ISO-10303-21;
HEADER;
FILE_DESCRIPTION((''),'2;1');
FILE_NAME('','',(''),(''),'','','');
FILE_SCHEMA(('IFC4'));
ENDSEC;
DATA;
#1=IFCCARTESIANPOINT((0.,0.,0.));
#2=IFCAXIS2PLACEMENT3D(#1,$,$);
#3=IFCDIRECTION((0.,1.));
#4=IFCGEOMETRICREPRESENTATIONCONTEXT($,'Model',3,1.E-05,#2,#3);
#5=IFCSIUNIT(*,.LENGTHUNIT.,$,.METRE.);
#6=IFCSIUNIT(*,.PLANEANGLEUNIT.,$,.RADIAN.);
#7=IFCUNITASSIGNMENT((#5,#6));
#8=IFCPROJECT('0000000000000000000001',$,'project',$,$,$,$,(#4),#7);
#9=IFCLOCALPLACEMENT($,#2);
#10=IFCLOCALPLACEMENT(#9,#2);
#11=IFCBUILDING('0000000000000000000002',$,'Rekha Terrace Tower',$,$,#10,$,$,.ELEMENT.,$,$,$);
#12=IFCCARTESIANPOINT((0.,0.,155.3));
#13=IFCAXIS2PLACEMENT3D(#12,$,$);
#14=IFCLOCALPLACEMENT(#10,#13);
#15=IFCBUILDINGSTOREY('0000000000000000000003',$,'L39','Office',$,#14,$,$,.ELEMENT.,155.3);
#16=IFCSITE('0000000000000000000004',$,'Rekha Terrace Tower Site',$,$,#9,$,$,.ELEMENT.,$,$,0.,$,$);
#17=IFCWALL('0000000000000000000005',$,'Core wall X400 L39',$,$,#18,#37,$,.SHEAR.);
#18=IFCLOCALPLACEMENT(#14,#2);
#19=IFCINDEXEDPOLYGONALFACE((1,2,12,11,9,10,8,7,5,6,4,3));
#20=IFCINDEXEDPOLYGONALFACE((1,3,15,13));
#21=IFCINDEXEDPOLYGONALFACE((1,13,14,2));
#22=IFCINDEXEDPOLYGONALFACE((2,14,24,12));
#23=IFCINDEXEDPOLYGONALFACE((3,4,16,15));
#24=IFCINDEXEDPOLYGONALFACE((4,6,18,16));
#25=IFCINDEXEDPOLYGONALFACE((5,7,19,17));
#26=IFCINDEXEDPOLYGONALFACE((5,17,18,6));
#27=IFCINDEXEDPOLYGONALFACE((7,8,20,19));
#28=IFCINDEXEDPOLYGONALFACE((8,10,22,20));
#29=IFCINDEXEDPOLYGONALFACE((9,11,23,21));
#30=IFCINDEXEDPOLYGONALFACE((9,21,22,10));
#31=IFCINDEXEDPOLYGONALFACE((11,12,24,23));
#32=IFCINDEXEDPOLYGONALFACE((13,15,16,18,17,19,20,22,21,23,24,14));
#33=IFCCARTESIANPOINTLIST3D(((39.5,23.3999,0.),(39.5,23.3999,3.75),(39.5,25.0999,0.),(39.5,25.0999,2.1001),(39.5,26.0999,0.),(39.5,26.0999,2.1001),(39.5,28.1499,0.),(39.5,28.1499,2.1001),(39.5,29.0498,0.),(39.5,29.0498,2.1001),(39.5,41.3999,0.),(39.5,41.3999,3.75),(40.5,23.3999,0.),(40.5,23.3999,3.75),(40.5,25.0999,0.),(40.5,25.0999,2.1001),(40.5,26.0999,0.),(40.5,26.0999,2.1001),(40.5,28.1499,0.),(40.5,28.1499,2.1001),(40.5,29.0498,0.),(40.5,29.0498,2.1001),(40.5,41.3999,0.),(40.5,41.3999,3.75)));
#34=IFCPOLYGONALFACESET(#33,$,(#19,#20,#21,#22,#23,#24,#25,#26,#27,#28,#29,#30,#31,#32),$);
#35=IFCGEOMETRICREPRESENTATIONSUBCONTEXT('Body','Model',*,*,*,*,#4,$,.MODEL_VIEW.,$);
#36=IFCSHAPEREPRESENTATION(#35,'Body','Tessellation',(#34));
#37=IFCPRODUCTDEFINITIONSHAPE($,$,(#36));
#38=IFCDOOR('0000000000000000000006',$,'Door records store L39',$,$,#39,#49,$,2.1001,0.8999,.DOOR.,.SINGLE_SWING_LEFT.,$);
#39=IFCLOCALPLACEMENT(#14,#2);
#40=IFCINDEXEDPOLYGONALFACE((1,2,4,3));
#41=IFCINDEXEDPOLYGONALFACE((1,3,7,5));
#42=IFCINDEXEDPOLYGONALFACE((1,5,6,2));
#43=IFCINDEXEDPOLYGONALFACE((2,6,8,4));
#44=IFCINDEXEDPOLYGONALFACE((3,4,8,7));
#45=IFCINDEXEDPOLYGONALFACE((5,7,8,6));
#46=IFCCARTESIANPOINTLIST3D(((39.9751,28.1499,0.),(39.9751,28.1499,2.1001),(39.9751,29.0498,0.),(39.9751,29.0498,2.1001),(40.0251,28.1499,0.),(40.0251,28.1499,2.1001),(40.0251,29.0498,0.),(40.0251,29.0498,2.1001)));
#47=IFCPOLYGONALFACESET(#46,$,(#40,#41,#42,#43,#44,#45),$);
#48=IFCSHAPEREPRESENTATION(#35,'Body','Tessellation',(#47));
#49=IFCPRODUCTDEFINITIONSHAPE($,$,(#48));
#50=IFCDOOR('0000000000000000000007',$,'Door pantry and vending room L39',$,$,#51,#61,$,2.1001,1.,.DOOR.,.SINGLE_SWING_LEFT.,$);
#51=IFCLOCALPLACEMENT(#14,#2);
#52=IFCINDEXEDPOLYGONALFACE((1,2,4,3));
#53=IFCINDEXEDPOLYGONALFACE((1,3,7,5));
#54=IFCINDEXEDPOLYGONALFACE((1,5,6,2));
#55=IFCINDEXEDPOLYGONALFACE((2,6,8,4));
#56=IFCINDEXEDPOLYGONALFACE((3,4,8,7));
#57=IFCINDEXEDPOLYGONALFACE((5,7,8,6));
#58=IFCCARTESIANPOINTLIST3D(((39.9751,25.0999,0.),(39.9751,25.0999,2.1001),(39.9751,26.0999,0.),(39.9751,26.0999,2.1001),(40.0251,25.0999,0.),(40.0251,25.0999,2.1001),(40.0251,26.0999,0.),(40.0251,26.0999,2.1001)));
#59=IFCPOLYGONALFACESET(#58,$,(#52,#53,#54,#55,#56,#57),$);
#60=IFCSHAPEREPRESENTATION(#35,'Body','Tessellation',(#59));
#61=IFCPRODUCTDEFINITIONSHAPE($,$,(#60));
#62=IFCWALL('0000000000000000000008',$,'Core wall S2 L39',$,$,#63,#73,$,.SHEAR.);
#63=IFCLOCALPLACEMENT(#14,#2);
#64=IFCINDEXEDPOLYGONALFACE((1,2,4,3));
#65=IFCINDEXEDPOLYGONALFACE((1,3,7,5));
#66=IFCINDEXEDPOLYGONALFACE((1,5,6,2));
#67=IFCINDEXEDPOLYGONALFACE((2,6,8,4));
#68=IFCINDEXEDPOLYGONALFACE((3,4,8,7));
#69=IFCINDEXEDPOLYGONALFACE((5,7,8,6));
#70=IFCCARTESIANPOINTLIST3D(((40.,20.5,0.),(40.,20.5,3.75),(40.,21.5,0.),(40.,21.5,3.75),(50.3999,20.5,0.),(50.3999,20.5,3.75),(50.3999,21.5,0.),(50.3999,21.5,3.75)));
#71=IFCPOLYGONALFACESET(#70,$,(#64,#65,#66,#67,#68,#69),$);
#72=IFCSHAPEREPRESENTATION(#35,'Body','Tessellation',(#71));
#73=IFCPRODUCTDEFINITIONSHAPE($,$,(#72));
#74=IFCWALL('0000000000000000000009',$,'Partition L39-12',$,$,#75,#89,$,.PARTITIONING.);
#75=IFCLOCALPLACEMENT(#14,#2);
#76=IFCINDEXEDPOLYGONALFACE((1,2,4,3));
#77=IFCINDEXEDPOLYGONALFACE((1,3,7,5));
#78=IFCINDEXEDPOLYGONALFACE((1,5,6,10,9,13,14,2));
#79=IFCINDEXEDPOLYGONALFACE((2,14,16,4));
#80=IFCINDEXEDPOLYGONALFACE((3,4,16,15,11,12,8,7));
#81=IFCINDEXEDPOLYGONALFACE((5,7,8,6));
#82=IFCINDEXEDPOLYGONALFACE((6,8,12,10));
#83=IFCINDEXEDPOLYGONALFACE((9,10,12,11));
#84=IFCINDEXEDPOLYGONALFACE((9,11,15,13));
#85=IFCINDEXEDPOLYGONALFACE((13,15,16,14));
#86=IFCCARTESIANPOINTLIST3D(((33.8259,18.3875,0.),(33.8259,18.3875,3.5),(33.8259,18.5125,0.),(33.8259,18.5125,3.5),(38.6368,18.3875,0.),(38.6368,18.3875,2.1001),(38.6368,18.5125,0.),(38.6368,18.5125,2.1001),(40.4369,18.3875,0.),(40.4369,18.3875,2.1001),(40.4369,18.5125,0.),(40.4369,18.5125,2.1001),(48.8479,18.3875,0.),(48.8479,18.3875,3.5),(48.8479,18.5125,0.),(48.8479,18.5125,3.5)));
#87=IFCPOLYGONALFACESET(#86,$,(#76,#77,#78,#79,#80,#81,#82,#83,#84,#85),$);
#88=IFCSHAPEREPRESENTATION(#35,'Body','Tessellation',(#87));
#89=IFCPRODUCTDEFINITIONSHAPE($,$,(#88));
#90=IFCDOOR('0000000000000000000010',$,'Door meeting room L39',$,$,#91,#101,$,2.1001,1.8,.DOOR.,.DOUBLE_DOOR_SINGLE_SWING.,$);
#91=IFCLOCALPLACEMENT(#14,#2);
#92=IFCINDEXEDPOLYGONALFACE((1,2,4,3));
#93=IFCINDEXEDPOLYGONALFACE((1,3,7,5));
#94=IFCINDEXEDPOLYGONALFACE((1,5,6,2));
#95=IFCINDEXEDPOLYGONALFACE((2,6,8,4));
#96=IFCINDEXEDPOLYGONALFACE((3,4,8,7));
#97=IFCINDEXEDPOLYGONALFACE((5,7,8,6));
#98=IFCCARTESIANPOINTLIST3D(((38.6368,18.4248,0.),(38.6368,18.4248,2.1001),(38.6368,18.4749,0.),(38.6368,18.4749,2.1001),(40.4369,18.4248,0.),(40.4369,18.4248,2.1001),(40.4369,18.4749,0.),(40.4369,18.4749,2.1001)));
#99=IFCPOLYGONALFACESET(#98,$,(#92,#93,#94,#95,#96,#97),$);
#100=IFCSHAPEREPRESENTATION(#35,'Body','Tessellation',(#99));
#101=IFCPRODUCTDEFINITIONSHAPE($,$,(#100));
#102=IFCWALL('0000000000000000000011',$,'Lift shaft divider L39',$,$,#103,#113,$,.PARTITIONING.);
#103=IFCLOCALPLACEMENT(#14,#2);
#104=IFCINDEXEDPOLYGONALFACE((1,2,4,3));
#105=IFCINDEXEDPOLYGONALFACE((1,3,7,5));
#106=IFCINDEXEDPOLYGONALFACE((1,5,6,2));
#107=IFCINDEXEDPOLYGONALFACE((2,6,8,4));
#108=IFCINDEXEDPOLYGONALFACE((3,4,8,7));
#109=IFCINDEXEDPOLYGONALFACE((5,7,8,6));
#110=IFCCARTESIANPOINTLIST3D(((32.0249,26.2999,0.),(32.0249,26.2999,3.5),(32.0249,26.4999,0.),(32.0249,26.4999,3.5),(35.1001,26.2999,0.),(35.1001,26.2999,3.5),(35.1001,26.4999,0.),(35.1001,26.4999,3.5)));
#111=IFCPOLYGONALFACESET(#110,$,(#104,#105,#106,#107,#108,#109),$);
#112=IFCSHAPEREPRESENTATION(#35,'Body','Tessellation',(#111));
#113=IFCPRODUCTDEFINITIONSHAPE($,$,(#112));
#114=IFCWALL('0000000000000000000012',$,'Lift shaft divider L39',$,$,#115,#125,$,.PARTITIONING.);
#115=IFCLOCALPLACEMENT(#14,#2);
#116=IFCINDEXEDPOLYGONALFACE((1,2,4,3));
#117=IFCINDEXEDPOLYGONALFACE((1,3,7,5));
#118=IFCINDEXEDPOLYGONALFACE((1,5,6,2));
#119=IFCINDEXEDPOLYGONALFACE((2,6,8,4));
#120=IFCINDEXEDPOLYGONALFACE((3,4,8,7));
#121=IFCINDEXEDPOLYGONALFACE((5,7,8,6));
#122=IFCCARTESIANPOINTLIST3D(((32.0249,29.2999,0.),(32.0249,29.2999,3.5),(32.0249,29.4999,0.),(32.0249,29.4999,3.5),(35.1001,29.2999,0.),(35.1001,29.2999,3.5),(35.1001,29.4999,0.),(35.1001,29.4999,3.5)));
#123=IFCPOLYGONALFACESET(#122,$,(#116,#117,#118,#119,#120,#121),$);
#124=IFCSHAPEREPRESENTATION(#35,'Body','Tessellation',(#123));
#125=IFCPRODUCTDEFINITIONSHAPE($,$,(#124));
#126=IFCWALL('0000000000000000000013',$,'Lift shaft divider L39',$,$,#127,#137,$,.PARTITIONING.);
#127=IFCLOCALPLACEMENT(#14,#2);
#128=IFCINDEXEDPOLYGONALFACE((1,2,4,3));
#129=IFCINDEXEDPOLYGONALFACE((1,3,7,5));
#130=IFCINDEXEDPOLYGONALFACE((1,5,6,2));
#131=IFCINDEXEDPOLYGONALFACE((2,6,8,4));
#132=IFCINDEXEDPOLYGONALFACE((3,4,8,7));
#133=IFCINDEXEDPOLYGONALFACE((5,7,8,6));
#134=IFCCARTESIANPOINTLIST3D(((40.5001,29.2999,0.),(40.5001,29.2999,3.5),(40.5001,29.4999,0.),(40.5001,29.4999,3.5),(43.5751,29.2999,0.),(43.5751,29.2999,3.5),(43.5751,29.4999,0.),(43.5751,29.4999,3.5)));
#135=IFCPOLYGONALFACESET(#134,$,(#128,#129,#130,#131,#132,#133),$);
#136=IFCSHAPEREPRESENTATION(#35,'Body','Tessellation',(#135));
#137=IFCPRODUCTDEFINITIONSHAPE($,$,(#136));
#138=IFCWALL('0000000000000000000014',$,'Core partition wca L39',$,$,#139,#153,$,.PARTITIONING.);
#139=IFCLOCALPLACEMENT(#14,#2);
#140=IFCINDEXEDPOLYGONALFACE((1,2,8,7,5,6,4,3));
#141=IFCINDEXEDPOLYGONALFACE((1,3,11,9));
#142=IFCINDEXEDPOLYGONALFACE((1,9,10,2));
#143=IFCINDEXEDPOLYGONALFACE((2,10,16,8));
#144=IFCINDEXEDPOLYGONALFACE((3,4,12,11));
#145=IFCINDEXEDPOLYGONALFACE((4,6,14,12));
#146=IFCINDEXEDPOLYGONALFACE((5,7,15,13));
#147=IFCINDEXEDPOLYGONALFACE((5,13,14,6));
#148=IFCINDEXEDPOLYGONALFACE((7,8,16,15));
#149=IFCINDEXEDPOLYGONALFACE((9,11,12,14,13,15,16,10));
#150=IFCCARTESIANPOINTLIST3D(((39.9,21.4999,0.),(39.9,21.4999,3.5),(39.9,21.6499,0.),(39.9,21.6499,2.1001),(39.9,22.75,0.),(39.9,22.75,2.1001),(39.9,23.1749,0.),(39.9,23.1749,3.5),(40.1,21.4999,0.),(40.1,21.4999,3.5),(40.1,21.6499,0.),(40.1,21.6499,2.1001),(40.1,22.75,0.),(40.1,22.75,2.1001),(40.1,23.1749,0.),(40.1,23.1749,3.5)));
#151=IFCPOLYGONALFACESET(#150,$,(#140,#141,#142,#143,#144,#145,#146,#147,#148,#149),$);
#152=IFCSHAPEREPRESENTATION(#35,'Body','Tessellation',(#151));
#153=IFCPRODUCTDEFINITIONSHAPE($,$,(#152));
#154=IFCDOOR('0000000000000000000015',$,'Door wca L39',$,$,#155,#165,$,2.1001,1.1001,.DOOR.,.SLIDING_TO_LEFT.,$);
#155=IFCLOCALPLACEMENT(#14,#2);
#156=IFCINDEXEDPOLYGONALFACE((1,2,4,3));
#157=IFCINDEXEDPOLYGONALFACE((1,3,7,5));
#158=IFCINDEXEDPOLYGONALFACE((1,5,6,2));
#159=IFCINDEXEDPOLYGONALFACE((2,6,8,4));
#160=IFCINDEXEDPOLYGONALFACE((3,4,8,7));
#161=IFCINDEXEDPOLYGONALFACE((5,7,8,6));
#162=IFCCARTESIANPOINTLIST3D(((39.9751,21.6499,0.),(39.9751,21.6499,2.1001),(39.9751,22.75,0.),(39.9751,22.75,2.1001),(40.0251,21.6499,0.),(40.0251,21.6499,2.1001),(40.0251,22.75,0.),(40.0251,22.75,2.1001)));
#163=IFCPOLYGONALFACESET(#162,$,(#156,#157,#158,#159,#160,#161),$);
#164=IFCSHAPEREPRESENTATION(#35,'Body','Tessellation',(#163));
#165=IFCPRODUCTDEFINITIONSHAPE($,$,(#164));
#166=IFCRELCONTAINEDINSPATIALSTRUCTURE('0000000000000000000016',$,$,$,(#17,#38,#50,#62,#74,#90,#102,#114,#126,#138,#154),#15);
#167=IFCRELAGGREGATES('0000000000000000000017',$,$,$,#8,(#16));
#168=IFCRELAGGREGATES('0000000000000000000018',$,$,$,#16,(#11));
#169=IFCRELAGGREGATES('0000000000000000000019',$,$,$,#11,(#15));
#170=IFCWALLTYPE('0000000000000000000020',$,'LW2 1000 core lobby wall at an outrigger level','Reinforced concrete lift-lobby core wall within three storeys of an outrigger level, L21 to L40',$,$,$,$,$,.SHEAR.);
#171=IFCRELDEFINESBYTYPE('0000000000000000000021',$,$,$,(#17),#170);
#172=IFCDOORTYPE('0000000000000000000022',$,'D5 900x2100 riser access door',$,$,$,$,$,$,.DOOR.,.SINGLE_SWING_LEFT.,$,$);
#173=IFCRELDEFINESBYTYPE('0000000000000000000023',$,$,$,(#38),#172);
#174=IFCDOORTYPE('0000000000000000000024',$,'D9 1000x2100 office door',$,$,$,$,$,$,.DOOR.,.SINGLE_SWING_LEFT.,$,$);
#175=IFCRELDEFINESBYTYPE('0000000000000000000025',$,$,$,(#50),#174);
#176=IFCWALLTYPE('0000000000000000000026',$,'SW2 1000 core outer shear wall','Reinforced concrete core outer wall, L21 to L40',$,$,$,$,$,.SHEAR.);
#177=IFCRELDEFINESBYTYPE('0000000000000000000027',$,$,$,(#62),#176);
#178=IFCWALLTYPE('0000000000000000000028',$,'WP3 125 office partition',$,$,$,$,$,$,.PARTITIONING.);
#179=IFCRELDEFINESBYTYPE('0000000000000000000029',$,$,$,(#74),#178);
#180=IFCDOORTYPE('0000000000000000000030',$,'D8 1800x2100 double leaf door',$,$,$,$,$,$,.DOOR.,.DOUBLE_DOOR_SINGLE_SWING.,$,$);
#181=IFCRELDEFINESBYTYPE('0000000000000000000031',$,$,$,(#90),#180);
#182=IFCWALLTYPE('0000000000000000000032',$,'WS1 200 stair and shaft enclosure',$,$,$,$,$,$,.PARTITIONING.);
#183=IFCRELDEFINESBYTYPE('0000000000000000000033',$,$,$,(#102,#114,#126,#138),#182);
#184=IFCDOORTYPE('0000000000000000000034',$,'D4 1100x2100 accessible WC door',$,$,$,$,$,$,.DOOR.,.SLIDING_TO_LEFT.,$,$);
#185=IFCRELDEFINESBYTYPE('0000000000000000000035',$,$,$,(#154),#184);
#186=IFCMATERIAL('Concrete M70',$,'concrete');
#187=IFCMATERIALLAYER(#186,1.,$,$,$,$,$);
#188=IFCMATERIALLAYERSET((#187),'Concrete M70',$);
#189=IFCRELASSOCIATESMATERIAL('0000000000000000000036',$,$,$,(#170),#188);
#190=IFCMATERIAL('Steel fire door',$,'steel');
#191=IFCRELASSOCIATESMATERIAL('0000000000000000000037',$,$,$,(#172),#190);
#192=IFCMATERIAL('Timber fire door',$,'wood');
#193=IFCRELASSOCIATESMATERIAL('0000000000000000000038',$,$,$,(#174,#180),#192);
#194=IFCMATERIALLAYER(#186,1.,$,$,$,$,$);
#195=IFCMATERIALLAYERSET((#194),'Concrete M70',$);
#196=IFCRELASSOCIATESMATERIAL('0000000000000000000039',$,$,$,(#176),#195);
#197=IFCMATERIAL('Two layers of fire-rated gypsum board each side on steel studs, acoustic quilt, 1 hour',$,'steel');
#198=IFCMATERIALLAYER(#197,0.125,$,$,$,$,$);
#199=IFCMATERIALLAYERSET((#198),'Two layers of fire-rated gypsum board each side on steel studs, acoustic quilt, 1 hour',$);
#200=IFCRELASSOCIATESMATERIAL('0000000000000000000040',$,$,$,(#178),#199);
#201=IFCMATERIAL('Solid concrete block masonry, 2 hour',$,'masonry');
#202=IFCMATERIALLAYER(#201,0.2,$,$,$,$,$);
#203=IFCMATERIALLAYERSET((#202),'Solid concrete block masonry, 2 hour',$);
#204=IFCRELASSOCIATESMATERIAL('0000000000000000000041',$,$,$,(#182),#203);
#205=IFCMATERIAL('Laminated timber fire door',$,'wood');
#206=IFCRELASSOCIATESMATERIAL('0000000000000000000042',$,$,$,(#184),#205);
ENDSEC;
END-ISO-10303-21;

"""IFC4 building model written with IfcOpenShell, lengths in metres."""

from ifc_helpers import new_model, si_unit, direction, frame, frame_2d, origin, place, context, subcontext, project, spatial, rectangle, extrude, material, layer, layer_set, type_object, element, fill, save


model = new_model("IFC4")

# Units and contexts
model_context = context("Model", 3, precision=1e-05, world=origin(), true_north=direction((0.0, 1.0)))
body_context = subcontext(model_context, "Body", "Model", "MODEL_VIEW")
ifc_project = project(units=[si_unit("LENGTHUNIT", "METRE"), si_unit("PLANEANGLEUNIT", "RADIAN")], contexts=[model_context])

# Site, building, storey
site_placement = place(None, origin())
site = spatial("IfcSite", under=ifc_project, at=site_placement, Name="Rekha Terrace Tower Site", CompositionType="ELEMENT", RefElevation=0.0)
building_placement = place(site_placement, origin())
building = spatial("IfcBuilding", under=site, at=building_placement, Name="Rekha Terrace Tower", CompositionType="ELEMENT")
storey_placement = place(building_placement, frame((0.0, 0.0, 155.3)))
storey = spatial("IfcBuildingStorey", under=building, at=storey_placement, Name="L39", Description="Office", CompositionType="ELEMENT", Elevation=155.3)

# Shared definitions
ifc_material_1 = material(Name="Concrete M70", Category="concrete")

# Wall, openings, doors
ifc_layer_1 = layer(ifc_material_1, 1.0)
ifc_layer_set_1 = layer_set([ifc_layer_1], Name="Concrete M70")
wall_type_1 = type_object("IfcWallType", Name="LW2 1000 core lobby wall at an outrigger level", Description="Reinforced concrete lift-lobby core wall within three storeys of an outrigger level, L21 to L40", PredefinedType="SHEAR", material=ifc_layer_set_1)
wall_1_placement = place(storey_placement, frame((40.0, 23.3999, 0.0), z_axis=(0.0, 0.0, 1.0), x_axis=(0.0, 1.0, 0.0)))
wall_1 = element("IfcWall", 1, at=wall_1_placement, inside=storey, type_object=wall_type_1, Name="Core wall X400 L39", PredefinedType="SHEAR", context=body_context, shape_type="SweptSolid", body=[
    extrude(rectangle(XDim=18.0, YDim=1.0, at=frame_2d((9.0, 0.0))), origin(), (0.0, 0.0, 1.0), 3.75),
])
opening_1_placement = place(wall_1_placement, frame((1.7, 0.0, 0.0)))
opening_1 = element("IfcOpeningElement", 2, at=opening_1_placement, cuts=wall_1, PredefinedType="OPENING", context=body_context, shape_type="SweptSolid", body=[
    extrude(rectangle(XDim=1.0, YDim=2.1001, at=frame_2d((0.5, 1.05))), frame((0.0, 0.51, 0.0), z_axis=(0.0, -1.0, 0.0), x_axis=(1.0, 0.0, 0.0)), (0.0, 0.0, 1.0), 1.02),
])
opening_2_placement = place(wall_1_placement, frame((4.75, 0.0, 0.0)))
opening_2 = element("IfcOpeningElement", 3, at=opening_2_placement, cuts=wall_1, PredefinedType="OPENING", context=body_context, shape_type="SweptSolid", body=[
    extrude(rectangle(XDim=0.8999, YDim=2.1001, at=frame_2d((0.45, 1.05))), frame((0.0, 0.51, 0.0), z_axis=(0.0, -1.0, 0.0), x_axis=(1.0, 0.0, 0.0)), (0.0, 0.0, 1.0), 1.02),
])
ifc_material_2 = material(Name="Steel fire door", Category="steel")
door_type_1 = type_object("IfcDoorType", Name="D5 900x2100 riser access door", OperationType="SINGLE_SWING_LEFT", PredefinedType="DOOR", material=ifc_material_2)
door_1_placement = place(opening_2_placement, origin())
door_1 = element("IfcDoor", 4, at=door_1_placement, inside=storey, type_object=door_type_1, Name="Door records store L39", OperationType="SINGLE_SWING_LEFT", OverallHeight=2.1001, OverallWidth=0.8999, PredefinedType="DOOR", context=body_context, shape_type="SweptSolid", body=[
    extrude(rectangle(XDim=0.8999, YDim=2.1001, at=frame_2d((0.45, 1.05))), frame((0.0, 0.0249, 0.0), z_axis=(0.0, -1.0, 0.0), x_axis=(1.0, 0.0, 0.0)), (0.0, 0.0, 1.0), 0.05),
])
fill(opening_2, door_1)
ifc_material_3 = material(Name="Timber fire door", Category="wood")
door_type_2 = type_object("IfcDoorType", Name="D9 1000x2100 office door", OperationType="SINGLE_SWING_LEFT", PredefinedType="DOOR", material=ifc_material_3)
door_2_placement = place(opening_1_placement, origin())
door_2 = element("IfcDoor", 5, at=door_2_placement, inside=storey, type_object=door_type_2, Name="Door pantry and vending room L39", OperationType="SINGLE_SWING_LEFT", OverallHeight=2.1001, OverallWidth=1.0, PredefinedType="DOOR", context=body_context, shape_type="SweptSolid", body=[
    extrude(rectangle(XDim=1.0, YDim=2.1001, at=frame_2d((0.5, 1.05))), frame((0.0, 0.0249, 0.0), z_axis=(0.0, -1.0, 0.0), x_axis=(1.0, 0.0, 0.0)), (0.0, 0.0, 1.0), 0.05),
])
fill(opening_1, door_2)

# Wall
ifc_layer_2 = layer(ifc_material_1, 1.0)
ifc_layer_set_2 = layer_set([ifc_layer_2], Name="Concrete M70")
wall_type_2 = type_object("IfcWallType", Name="SW2 1000 core outer shear wall", Description="Reinforced concrete core outer wall, L21 to L40", PredefinedType="SHEAR", material=ifc_layer_set_2)
wall_2_placement = place(storey_placement, frame((40.0, 21.0, 0.0), z_axis=(0.0, 0.0, 1.0), x_axis=(1.0, 0.0, 0.0)))
element("IfcWall", 6, at=wall_2_placement, inside=storey, type_object=wall_type_2, Name="Core wall S2 L39", PredefinedType="SHEAR", context=body_context, shape_type="SweptSolid", body=[
    extrude(rectangle(XDim=10.3999, YDim=1.0, at=frame_2d((5.2, 0.0))), origin(), (0.0, 0.0, 1.0), 3.75),
])

# Wall, opening, door
ifc_material_4 = material(Name="Two layers of fire-rated gypsum board each side on steel studs, acoustic quilt, 1 hour", Category="steel")
ifc_layer_3 = layer(ifc_material_4, 0.125)
ifc_layer_set_3 = layer_set([ifc_layer_3], Name="Two layers of fire-rated gypsum board each side on steel studs, acoustic quilt, 1 hour")
wall_type_3 = type_object("IfcWallType", Name="WP3 125 office partition", PredefinedType="PARTITIONING", material=ifc_layer_set_3)
wall_3_placement = place(storey_placement, frame((33.8259, 18.45, 0.0), z_axis=(0.0, 0.0, 1.0), x_axis=(1.0, 0.0, 0.0)))
wall_3 = element("IfcWall", 7, at=wall_3_placement, inside=storey, type_object=wall_type_3, Name="Partition L39-12", PredefinedType="PARTITIONING", context=body_context, shape_type="SweptSolid", body=[
    extrude(rectangle(XDim=15.022, YDim=0.125, at=frame_2d((7.511, 0.0))), origin(), (0.0, 0.0, 1.0), 3.5),
])
opening_3_placement = place(wall_3_placement, frame((4.811, 0.0, 0.0)))
opening_3 = element("IfcOpeningElement", 8, at=opening_3_placement, cuts=wall_3, PredefinedType="OPENING", context=body_context, shape_type="SweptSolid", body=[
    extrude(rectangle(XDim=1.8, YDim=2.1001, at=frame_2d((0.8999, 1.05))), frame((0.0, 0.0725, 0.0), z_axis=(0.0, -1.0, 0.0), x_axis=(1.0, 0.0, 0.0)), (0.0, 0.0, 1.0), 0.145),
])
door_type_3 = type_object("IfcDoorType", Name="D8 1800x2100 double leaf door", OperationType="DOUBLE_DOOR_SINGLE_SWING", PredefinedType="DOOR", material=ifc_material_3)
door_3_placement = place(opening_3_placement, origin())
door_3 = element("IfcDoor", 9, at=door_3_placement, inside=storey, type_object=door_type_3, Name="Door meeting room L39", OperationType="DOUBLE_DOOR_SINGLE_SWING", OverallHeight=2.1001, OverallWidth=1.8, PredefinedType="DOOR", context=body_context, shape_type="SweptSolid", body=[
    extrude(rectangle(XDim=1.8, YDim=2.1001, at=frame_2d((0.8999, 1.05))), frame((0.0, 0.0249, 0.0), z_axis=(0.0, -1.0, 0.0), x_axis=(1.0, 0.0, 0.0)), (0.0, 0.0, 1.0), 0.05),
])
fill(opening_3, door_3)

# Walls
ifc_material_5 = material(Name="Solid concrete block masonry, 2 hour", Category="masonry")
ifc_layer_4 = layer(ifc_material_5, 0.2)
ifc_layer_set_4 = layer_set([ifc_layer_4], Name="Solid concrete block masonry, 2 hour")
wall_type_4 = type_object("IfcWallType", Name="WS1 200 stair and shaft enclosure", PredefinedType="PARTITIONING", material=ifc_layer_set_4)
for number, where, z_axis, x_axis, name in (
    (10, (32.0249, 26.3999, 0.0), (0.0, 0.0, 1.0), (1.0, 0.0, 0.0), "Lift shaft divider L39"),
    (11, (32.0249, 29.3999, 0.0), (0.0, 0.0, 1.0), (1.0, 0.0, 0.0), "Lift shaft divider L39"),
):
    element("IfcWall", number, at=place(storey_placement, frame(where, z_axis=z_axis, x_axis=x_axis)), inside=storey, type_object=wall_type_4, Name=name, PredefinedType="PARTITIONING", context=body_context, shape_type="SweptSolid", body=[
        extrude(rectangle(XDim=3.0752, YDim=0.2, at=frame_2d((1.5376, 0.0))), origin(), (0.0, 0.0, 1.0), 3.5),
    ])
wall_4_placement = place(storey_placement, frame((40.5, 29.3999, 0.0), z_axis=(0.0, 0.0, 1.0), x_axis=(1.0, 0.0, 0.0)))
element("IfcWall", 12, at=wall_4_placement, inside=storey, type_object=wall_type_4, Name="Lift shaft divider L39", PredefinedType="PARTITIONING", context=body_context, shape_type="SweptSolid", body=[
    extrude(rectangle(XDim=3.075, YDim=0.2, at=frame_2d((1.5376, 0.0))), origin(), (0.0, 0.0, 1.0), 3.5),
])

# Wall, opening, door
wall_5_placement = place(storey_placement, frame((40.0, 21.5, 0.0), z_axis=(0.0, 0.0, 1.0), x_axis=(0.0, 1.0, 0.0)))
wall_5 = element("IfcWall", 13, at=wall_5_placement, inside=storey, type_object=wall_type_4, Name="Core partition wca L39", PredefinedType="PARTITIONING", context=body_context, shape_type="SweptSolid", body=[
    extrude(rectangle(XDim=1.675, YDim=0.2, at=frame_2d((0.8374, 0.0))), origin(), (0.0, 0.0, 1.0), 3.5),
])
opening_4_placement = place(wall_5_placement, frame((0.1499, 0.0, 0.0)))
opening_4 = element("IfcOpeningElement", 14, at=opening_4_placement, cuts=wall_5, PredefinedType="OPENING", context=body_context, shape_type="SweptSolid", body=[
    extrude(rectangle(XDim=1.1001, YDim=2.1001, at=frame_2d((0.55, 1.05))), frame((0.0, 0.1099, 0.0), z_axis=(0.0, -1.0, 0.0), x_axis=(1.0, 0.0, 0.0)), (0.0, 0.0, 1.0), 0.22),
])
ifc_material_6 = material(Name="Laminated timber fire door", Category="wood")
door_type_4 = type_object("IfcDoorType", Name="D4 1100x2100 accessible WC door", OperationType="SLIDING_TO_LEFT", PredefinedType="DOOR", material=ifc_material_6)
door_4_placement = place(opening_4_placement, origin())
door_4 = element("IfcDoor", 15, at=door_4_placement, inside=storey, type_object=door_type_4, Name="Door wca L39", OperationType="SLIDING_TO_LEFT", OverallHeight=2.1001, OverallWidth=1.1001, PredefinedType="DOOR", context=body_context, shape_type="SweptSolid", body=[
    extrude(rectangle(XDim=1.1001, YDim=2.1001, at=frame_2d((0.55, 1.05))), frame((0.0, 0.0249, 0.0), z_axis=(0.0, -1.0, 0.0), x_axis=(1.0, 0.0, 0.0)), (0.0, 0.0, 1.0), 0.05),
])
fill(opening_4, door_4)

save(model, "model.ifc")
